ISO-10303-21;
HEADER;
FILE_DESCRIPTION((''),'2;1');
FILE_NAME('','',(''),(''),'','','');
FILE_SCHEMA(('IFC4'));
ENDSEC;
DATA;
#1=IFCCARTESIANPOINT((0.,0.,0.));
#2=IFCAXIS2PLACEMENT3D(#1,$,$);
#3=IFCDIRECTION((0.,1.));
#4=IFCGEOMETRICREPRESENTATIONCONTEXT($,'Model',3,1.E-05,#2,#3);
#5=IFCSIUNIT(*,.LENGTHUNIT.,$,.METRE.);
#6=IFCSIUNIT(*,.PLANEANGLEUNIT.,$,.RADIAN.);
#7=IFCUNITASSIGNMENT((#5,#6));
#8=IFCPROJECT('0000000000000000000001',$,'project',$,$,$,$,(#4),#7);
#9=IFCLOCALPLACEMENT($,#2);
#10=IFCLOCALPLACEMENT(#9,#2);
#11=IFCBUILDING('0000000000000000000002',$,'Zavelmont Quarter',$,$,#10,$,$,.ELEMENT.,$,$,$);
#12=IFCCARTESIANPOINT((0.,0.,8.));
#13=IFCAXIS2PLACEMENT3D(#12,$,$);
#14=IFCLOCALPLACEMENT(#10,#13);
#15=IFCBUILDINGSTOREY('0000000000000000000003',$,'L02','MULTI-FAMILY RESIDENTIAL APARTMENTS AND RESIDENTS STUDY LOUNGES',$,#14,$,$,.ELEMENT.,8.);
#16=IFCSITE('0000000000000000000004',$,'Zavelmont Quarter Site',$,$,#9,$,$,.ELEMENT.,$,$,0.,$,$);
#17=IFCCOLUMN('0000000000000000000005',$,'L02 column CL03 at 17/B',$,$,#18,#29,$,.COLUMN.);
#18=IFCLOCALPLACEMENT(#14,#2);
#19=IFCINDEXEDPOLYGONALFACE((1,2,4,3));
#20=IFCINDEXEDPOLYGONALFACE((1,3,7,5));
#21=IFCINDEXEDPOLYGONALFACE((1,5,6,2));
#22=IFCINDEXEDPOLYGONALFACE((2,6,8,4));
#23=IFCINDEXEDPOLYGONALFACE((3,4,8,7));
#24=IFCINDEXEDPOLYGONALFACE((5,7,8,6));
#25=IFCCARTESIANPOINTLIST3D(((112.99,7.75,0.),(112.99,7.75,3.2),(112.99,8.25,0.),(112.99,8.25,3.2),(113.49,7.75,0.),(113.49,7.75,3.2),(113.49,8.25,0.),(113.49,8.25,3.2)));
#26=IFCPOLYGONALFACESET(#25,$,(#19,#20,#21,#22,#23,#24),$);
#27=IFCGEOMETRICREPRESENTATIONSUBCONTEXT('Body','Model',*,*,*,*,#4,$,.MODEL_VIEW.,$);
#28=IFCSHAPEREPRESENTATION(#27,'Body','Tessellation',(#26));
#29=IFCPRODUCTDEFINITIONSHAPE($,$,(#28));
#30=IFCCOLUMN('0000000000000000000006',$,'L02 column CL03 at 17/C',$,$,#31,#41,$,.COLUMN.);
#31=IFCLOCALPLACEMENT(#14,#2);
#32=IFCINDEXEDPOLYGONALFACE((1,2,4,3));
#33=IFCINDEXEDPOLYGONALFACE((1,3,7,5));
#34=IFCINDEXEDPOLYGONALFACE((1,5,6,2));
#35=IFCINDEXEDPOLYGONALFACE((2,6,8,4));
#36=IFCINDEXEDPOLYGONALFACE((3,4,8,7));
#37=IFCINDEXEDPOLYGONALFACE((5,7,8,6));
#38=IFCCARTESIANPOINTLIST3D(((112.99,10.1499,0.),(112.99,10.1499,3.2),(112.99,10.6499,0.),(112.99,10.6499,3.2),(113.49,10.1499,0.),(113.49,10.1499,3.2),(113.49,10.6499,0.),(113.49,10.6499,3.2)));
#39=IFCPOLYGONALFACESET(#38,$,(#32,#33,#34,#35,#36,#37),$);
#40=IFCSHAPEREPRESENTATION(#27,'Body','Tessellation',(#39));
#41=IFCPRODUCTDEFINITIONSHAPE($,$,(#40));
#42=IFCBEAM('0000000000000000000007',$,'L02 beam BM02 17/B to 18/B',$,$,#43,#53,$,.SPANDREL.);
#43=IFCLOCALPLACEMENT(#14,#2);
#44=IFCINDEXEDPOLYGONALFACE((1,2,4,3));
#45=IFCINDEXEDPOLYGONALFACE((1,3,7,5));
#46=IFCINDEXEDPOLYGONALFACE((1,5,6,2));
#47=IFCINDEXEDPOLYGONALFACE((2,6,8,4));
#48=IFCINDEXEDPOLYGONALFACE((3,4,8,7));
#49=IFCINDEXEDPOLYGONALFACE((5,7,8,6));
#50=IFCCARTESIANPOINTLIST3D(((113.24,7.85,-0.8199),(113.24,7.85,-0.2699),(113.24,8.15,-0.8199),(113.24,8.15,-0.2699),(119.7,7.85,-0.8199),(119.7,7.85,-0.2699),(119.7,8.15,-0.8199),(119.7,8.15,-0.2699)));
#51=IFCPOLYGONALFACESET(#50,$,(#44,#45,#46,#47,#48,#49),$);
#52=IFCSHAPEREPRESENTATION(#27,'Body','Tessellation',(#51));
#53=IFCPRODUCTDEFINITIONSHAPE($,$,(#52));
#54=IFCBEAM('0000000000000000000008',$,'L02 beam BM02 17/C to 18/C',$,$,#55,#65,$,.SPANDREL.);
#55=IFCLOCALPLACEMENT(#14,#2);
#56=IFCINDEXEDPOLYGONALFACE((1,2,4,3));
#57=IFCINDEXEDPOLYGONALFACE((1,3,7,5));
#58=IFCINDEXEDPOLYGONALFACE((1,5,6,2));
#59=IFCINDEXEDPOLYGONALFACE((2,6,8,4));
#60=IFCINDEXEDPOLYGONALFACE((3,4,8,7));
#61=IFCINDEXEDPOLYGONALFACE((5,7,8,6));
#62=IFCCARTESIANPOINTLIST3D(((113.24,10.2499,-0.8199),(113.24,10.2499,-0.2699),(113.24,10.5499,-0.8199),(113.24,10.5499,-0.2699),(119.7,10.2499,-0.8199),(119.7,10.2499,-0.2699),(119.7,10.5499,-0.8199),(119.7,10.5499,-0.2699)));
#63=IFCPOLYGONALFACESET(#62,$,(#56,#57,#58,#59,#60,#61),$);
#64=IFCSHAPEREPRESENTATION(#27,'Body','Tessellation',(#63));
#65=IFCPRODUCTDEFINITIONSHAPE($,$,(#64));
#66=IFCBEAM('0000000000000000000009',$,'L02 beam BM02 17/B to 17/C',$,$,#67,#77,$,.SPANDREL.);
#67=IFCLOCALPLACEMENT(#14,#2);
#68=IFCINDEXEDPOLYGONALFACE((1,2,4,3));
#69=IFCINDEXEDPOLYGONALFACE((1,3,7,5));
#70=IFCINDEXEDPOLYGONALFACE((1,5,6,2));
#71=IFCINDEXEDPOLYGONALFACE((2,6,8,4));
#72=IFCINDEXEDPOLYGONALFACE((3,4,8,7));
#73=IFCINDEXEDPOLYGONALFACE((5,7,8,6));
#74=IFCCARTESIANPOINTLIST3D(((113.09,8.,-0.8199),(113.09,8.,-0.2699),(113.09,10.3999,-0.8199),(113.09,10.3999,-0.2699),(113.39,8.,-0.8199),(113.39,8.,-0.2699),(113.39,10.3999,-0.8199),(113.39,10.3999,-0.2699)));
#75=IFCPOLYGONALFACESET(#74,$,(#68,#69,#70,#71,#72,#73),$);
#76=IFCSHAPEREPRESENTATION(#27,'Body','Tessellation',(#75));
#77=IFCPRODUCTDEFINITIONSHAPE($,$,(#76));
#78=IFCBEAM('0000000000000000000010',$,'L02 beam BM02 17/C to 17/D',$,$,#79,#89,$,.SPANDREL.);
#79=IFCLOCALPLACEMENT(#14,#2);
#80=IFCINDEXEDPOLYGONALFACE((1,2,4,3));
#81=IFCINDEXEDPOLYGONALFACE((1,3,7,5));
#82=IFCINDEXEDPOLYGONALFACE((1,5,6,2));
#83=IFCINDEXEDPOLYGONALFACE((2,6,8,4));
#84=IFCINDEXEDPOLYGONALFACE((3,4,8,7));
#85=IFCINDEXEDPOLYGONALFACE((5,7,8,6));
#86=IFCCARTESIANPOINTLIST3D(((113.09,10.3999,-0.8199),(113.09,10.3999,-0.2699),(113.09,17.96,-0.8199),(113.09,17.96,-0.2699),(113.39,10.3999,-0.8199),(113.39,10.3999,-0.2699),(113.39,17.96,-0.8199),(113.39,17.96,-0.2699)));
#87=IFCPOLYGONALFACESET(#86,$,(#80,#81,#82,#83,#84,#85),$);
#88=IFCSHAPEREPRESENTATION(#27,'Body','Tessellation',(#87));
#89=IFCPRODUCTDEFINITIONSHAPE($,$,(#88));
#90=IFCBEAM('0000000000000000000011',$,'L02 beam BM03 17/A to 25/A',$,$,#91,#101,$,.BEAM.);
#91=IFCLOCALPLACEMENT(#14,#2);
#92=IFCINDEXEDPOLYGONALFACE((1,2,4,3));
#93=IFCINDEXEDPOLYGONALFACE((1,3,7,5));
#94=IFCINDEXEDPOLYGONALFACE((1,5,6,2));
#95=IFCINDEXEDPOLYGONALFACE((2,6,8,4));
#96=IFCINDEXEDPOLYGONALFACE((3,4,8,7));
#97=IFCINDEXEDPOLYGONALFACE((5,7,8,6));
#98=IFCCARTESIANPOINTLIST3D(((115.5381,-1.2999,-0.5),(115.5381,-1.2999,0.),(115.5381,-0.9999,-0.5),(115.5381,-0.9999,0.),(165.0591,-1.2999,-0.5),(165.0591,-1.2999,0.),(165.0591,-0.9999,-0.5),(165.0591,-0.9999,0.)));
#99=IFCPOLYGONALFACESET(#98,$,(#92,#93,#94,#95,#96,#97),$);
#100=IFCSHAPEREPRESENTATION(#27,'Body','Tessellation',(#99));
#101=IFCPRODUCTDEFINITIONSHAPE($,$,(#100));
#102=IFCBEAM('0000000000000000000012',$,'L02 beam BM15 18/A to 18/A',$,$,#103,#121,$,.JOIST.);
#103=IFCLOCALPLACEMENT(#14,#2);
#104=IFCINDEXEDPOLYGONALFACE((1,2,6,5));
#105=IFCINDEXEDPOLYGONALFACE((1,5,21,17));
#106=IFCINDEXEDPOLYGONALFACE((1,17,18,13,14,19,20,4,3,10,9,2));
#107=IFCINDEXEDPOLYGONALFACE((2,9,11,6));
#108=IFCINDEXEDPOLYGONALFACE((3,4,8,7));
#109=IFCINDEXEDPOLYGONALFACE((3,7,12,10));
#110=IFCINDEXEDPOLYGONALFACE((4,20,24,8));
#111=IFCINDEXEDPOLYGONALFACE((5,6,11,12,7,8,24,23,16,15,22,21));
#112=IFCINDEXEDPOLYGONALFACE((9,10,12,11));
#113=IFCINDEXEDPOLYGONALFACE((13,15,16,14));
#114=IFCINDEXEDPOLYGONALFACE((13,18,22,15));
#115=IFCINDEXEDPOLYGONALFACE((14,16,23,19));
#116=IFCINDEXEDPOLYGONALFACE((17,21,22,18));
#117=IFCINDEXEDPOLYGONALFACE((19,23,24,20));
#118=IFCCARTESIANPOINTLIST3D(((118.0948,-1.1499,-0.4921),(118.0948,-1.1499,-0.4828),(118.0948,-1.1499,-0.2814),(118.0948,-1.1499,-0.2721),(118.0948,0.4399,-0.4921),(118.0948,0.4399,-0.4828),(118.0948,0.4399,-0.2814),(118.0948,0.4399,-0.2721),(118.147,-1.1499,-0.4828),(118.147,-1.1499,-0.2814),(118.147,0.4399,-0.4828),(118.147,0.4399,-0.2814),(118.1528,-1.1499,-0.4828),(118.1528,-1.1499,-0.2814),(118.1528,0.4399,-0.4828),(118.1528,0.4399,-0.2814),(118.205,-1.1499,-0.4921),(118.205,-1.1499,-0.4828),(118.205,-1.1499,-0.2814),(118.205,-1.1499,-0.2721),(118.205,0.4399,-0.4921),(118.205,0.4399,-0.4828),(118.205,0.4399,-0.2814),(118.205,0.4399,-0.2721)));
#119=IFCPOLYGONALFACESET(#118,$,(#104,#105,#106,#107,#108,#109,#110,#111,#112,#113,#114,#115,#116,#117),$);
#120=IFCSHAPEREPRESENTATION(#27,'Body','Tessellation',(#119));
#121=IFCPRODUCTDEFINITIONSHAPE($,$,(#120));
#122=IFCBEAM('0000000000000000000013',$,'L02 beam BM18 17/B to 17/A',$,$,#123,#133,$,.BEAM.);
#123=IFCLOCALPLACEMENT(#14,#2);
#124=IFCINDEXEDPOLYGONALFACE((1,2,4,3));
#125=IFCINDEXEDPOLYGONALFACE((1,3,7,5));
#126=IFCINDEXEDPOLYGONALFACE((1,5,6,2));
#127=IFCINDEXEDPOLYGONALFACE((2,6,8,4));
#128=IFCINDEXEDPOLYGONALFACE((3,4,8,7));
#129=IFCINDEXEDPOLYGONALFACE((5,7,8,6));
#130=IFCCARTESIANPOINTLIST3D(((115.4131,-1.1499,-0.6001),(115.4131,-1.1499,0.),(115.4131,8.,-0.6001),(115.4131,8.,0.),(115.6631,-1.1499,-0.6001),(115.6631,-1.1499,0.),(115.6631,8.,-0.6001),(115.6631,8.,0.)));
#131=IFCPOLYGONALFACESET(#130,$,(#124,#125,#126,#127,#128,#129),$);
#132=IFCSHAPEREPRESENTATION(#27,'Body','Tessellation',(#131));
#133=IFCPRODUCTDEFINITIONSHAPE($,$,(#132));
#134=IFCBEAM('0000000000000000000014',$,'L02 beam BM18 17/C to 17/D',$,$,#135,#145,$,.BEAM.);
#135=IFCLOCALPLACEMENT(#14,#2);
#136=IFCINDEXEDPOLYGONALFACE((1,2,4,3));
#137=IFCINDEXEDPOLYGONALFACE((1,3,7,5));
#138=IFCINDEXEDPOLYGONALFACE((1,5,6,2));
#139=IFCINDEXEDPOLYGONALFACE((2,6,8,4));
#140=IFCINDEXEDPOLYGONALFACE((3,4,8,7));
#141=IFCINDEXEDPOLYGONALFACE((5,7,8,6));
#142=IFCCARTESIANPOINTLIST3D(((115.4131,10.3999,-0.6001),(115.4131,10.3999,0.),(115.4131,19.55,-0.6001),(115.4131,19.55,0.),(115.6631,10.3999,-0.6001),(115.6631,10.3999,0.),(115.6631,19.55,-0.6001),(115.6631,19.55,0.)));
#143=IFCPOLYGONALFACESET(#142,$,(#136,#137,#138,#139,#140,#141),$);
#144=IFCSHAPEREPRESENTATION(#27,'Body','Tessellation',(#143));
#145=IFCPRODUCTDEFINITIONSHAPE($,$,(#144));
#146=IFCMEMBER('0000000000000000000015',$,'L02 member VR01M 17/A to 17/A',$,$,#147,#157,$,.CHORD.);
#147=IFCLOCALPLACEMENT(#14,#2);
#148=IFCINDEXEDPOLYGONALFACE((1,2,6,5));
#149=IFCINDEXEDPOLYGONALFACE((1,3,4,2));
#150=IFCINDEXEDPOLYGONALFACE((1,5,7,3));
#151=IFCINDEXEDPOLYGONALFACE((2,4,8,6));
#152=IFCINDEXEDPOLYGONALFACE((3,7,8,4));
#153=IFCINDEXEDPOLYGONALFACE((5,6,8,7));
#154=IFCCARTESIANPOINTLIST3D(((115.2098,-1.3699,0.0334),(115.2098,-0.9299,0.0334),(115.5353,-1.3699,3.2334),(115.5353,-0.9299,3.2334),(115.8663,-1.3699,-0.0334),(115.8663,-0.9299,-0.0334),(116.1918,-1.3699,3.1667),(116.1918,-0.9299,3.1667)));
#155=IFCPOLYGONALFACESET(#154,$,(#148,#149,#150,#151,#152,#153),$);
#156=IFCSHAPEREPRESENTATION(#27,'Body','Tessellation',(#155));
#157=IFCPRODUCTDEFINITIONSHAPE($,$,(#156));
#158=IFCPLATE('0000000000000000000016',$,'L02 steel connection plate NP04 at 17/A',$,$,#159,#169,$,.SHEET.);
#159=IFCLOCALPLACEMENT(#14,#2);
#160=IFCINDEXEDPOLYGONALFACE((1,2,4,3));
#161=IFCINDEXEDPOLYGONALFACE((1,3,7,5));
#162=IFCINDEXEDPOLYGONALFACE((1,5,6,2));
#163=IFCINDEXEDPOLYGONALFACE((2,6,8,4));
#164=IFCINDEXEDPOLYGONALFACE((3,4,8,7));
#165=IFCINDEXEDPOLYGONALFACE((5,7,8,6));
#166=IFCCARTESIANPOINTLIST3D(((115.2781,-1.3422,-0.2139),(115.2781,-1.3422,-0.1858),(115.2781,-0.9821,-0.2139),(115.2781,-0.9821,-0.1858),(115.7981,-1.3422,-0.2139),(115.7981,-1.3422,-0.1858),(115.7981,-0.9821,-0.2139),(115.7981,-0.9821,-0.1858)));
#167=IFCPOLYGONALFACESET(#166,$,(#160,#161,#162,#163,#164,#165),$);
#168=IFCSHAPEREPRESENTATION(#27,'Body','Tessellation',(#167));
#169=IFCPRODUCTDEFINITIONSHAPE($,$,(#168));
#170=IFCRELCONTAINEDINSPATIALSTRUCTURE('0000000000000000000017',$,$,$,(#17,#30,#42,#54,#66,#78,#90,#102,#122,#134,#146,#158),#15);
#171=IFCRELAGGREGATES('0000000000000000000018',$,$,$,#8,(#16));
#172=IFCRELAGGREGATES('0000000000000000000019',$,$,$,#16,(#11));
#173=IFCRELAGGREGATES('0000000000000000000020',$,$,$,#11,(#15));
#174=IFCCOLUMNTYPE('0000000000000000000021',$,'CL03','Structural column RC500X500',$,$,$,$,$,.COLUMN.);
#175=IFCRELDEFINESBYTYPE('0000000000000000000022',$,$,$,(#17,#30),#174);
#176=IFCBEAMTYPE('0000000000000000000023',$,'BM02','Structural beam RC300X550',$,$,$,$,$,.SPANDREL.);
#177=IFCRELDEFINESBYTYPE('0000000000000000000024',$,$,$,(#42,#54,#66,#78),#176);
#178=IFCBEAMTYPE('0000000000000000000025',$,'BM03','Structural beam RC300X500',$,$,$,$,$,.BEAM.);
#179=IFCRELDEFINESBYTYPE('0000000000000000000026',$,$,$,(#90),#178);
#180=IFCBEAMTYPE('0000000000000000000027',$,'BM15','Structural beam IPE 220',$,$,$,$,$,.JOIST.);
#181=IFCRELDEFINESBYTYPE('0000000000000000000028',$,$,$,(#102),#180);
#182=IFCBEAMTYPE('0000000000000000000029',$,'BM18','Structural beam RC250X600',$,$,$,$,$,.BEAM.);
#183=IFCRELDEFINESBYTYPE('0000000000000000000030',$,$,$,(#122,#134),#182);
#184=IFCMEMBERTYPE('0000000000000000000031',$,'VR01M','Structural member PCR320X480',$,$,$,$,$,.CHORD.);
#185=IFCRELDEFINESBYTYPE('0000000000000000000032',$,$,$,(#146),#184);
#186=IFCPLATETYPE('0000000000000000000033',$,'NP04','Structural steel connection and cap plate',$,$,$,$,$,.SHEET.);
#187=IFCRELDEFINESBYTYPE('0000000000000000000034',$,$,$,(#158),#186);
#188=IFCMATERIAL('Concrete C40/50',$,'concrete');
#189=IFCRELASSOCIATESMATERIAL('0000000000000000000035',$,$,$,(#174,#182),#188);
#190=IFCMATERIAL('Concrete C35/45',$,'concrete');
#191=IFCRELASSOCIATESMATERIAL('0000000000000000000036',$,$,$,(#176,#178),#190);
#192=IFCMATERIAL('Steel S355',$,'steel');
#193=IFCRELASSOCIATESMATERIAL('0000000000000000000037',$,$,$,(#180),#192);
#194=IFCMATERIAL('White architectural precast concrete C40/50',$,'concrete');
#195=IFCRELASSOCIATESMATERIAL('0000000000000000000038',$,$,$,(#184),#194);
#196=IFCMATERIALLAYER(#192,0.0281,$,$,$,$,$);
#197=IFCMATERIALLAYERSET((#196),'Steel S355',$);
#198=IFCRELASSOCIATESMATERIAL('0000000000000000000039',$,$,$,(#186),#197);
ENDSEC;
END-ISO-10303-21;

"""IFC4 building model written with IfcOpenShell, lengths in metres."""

from ifc_helpers import new_model, si_unit, direction, frame, origin, origin_2d, place, context, subcontext, project, spatial, rectangle, i_section, extrude, material, layer, layer_set, material_profile, profile_set, type_object, element, save


model = new_model("IFC4")

# Units and contexts
model_context = context("Model", 3, precision=1e-05, world=origin(), true_north=direction((0.0, 1.0)))
body_context = subcontext(model_context, "Body", "Model", "MODEL_VIEW")
ifc_project = project(units=[si_unit("LENGTHUNIT", "METRE"), si_unit("PLANEANGLEUNIT", "RADIAN")], contexts=[model_context])

# Site, building, storey
site_placement = place(None, origin())
site = spatial("IfcSite", under=ifc_project, at=site_placement, Name="Zavelmont Quarter Site", CompositionType="ELEMENT", RefElevation=0.0)
building_placement = place(site_placement, origin())
building = spatial("IfcBuilding", under=site, at=building_placement, Name="Zavelmont Quarter", CompositionType="ELEMENT")
storey_placement = place(building_placement, frame((0.0, 0.0, 8.0)))
storey = spatial("IfcBuildingStorey", under=building, at=storey_placement, Name="L02", Description="MULTI-FAMILY RESIDENTIAL APARTMENTS AND RESIDENTS STUDY LOUNGES", CompositionType="ELEMENT", Elevation=8.0)

# Columns
ifc_material_1 = material(Name="Concrete C40/50", Category="concrete")
ifc_material_profile_1 = material_profile(ifc_material_1, rectangle(XDim=0.5, YDim=0.5, at=origin_2d()), Name="RC500X500")
ifc_profile_set_1 = profile_set([ifc_material_profile_1], Name="Concrete C40/50")
column_type = type_object("IfcColumnType", Name="CL03", Description="Structural column RC500X500", PredefinedType="COLUMN", material=ifc_profile_set_1)
for number, where, z_axis, x_axis, name in (
    (1, (113.24, 8.0, 0.0), (0.0, 0.0, 1.0), (1.0, 0.0, 0.0), "L02 column CL03 at 17/B"),
    (2, (113.24, 10.3999, 0.0), (0.0, 0.0, 1.0), (1.0, 0.0, 0.0), "L02 column CL03 at 17/C"),
):
    element("IfcColumn", number, at=place(storey_placement, frame(where, z_axis=z_axis, x_axis=x_axis)), inside=storey, type_object=column_type, Name=name, PredefinedType="COLUMN", context=body_context, shape_type="SweptSolid", body=[
        extrude(rectangle(XDim=0.5, YDim=0.5, at=origin_2d()), origin(), (0.0, 0.0, 1.0), 3.2),
    ])

# Beams
ifc_material_2 = material(Name="Concrete C35/45", Category="concrete")
ifc_material_profile_2 = material_profile(ifc_material_2, rectangle(XDim=0.3, YDim=0.55, at=origin_2d()), Name="RC300X550")
ifc_profile_set_2 = profile_set([ifc_material_profile_2], Name="Concrete C35/45")
beam_type_1 = type_object("IfcBeamType", Name="BM02", Description="Structural beam RC300X550", PredefinedType="SPANDREL", material=ifc_profile_set_2)
for number, where, z_axis, x_axis, name in (
    (3, (113.24, 8.0, -0.5449), (1.0, 0.0, 0.0), (0.0, 1.0, 0.0), "L02 beam BM02 17/B to 18/B"),
    (4, (113.24, 10.3999, -0.5449), (1.0, 0.0, 0.0), (0.0, 1.0, 0.0), "L02 beam BM02 17/C to 18/C"),
):
    element("IfcBeam", number, at=place(storey_placement, frame(where, z_axis=z_axis, x_axis=x_axis)), inside=storey, type_object=beam_type_1, Name=name, PredefinedType="SPANDREL", context=body_context, shape_type="SweptSolid", body=[
        extrude(rectangle(XDim=0.3, YDim=0.55, at=origin_2d()), origin(), (0.0, 0.0, 1.0), 6.46),
    ])
beam_1_placement = place(storey_placement, frame((113.24, 8.0, -0.5449), z_axis=(0.0, 1.0, 0.0), x_axis=(-1.0, 0.0, 0.0)))
element("IfcBeam", 5, at=beam_1_placement, inside=storey, type_object=beam_type_1, Name="L02 beam BM02 17/B to 17/C", PredefinedType="SPANDREL", context=body_context, shape_type="SweptSolid", body=[
    extrude(rectangle(XDim=0.3, YDim=0.55, at=origin_2d()), origin(), (0.0, 0.0, 1.0), 2.3999),
])
beam_2_placement = place(storey_placement, frame((113.24, 10.3999, -0.5449), z_axis=(0.0, 1.0, 0.0), x_axis=(-1.0, 0.0, 0.0)))
element("IfcBeam", 6, at=beam_2_placement, inside=storey, type_object=beam_type_1, Name="L02 beam BM02 17/C to 17/D", PredefinedType="SPANDREL", context=body_context, shape_type="SweptSolid", body=[
    extrude(rectangle(XDim=0.3, YDim=0.55, at=origin_2d()), origin(), (0.0, 0.0, 1.0), 7.5601),
])
ifc_material_profile_3 = material_profile(ifc_material_2, rectangle(XDim=0.3, YDim=0.5, at=origin_2d()), Name="RC300X500")
ifc_profile_set_3 = profile_set([ifc_material_profile_3], Name="Concrete C35/45")
beam_type_2 = type_object("IfcBeamType", Name="BM03", Description="Structural beam RC300X500", PredefinedType="BEAM", material=ifc_profile_set_3)
beam_3_placement = place(storey_placement, frame((115.5381, -1.1499, -0.25), z_axis=(1.0, 0.0, 0.0), x_axis=(0.0, 1.0, 0.0)))
element("IfcBeam", 7, at=beam_3_placement, inside=storey, type_object=beam_type_2, Name="L02 beam BM03 17/A to 25/A", PredefinedType="BEAM", context=body_context, shape_type="SweptSolid", body=[
    extrude(rectangle(XDim=0.3, YDim=0.5, at=origin_2d()), origin(), (0.0, 0.0, 1.0), 49.521),
])
ifc_material_3 = material(Name="Steel S355", Category="steel")
ifc_material_profile_4 = material_profile(ifc_material_3, i_section(OverallWidth=0.1101, OverallDepth=0.22, WebThickness=0.0059, FlangeThickness=0.0093, at=origin_2d()), Name="IPE 220")
ifc_profile_set_4 = profile_set([ifc_material_profile_4], Name="Steel S355")
beam_type_3 = type_object("IfcBeamType", Name="BM15", Description="Structural beam IPE 220", PredefinedType="JOIST", material=ifc_profile_set_4)
beam_4_placement = place(storey_placement, frame((118.1499, 0.4399, -0.3821), z_axis=(0.0, -1.0, 0.0), x_axis=(1.0, 0.0, 0.0)))
element("IfcBeam", 8, at=beam_4_placement, inside=storey, type_object=beam_type_3, Name="L02 beam BM15 18/A to 18/A", PredefinedType="JOIST", context=body_context, shape_type="SweptSolid", body=[
    extrude(i_section(OverallWidth=0.1101, OverallDepth=0.22, WebThickness=0.0059, FlangeThickness=0.0093, at=origin_2d()), origin(), (0.0, 0.0, 1.0), 1.5898),
])
ifc_material_profile_5 = material_profile(ifc_material_1, rectangle(XDim=0.25, YDim=0.6001, at=origin_2d()), Name="RC250X600")
ifc_profile_set_5 = profile_set([ifc_material_profile_5], Name="Concrete C40/50")
beam_type_4 = type_object("IfcBeamType", Name="BM18", Description="Structural beam RC250X600", PredefinedType="BEAM", material=ifc_profile_set_5)
beam_5_placement = place(storey_placement, frame((115.5381, 8.0, -0.3), z_axis=(0.0, -1.0, 0.0), x_axis=(1.0, 0.0, 0.0)))
element("IfcBeam", 9, at=beam_5_placement, inside=storey, type_object=beam_type_4, Name="L02 beam BM18 17/B to 17/A", PredefinedType="BEAM", context=body_context, shape_type="SweptSolid", body=[
    extrude(rectangle(XDim=0.25, YDim=0.6001, at=origin_2d()), origin(), (0.0, 0.0, 1.0), 9.1499),
])
beam_6_placement = place(storey_placement, frame((115.5381, 10.3999, -0.3), z_axis=(0.0, 1.0, 0.0), x_axis=(-1.0, 0.0, 0.0)))
element("IfcBeam", 10, at=beam_6_placement, inside=storey, type_object=beam_type_4, Name="L02 beam BM18 17/C to 17/D", PredefinedType="BEAM", context=body_context, shape_type="SweptSolid", body=[
    extrude(rectangle(XDim=0.25, YDim=0.6001, at=origin_2d()), origin(), (0.0, 0.0, 1.0), 9.1501),
])

# Member
ifc_material_4 = material(Name="White architectural precast concrete C40/50", Category="concrete")
ifc_material_profile_6 = material_profile(ifc_material_4, rectangle(XDim=0.4399, YDim=0.6599, at=origin_2d()), Name="PCR320X480")
ifc_profile_set_6 = profile_set([ifc_material_profile_6], Name="White architectural precast concrete C40/50")
member_type = type_object("IfcMemberType", Name="VR01M", Description="Structural member PCR320X480", PredefinedType="CHORD", material=ifc_profile_set_6)
member_placement = place(storey_placement, frame((115.5381, -1.1499, 0.0), z_axis=(0.101179, 0.0, 0.994868), x_axis=(0.0, 1.0, 0.0)))
element("IfcMember", 11, at=member_placement, inside=storey, type_object=member_type, Name="L02 member VR01M 17/A to 17/A", PredefinedType="CHORD", context=body_context, shape_type="SweptSolid", body=[
    extrude(rectangle(XDim=0.4399, YDim=0.6599, at=origin_2d()), origin(), (0.0, 0.0, 1.0), 3.2166),
])

# Plate
ifc_layer_1 = layer(ifc_material_3, 0.0281)
ifc_layer_set_1 = layer_set([ifc_layer_1], Name="Steel S355")
plate_type = type_object("IfcPlateType", Name="NP04", Description="Structural steel connection and cap plate", PredefinedType="SHEET", material=ifc_layer_set_1)
plate_placement = place(storey_placement, frame((115.5381, -1.1621, -0.2139), z_axis=(0.0, 0.0, 1.0), x_axis=(1.0, 0.0, 0.0)))
element("IfcPlate", 12, at=plate_placement, inside=storey, type_object=plate_type, Name="L02 steel connection plate NP04 at 17/A", PredefinedType="SHEET", context=body_context, shape_type="SweptSolid", body=[
    extrude(rectangle(XDim=0.52, YDim=0.3601, at=origin_2d()), origin(), (0.0, 0.0, 1.0), 0.0281),
])

save(model, "model.ifc")
